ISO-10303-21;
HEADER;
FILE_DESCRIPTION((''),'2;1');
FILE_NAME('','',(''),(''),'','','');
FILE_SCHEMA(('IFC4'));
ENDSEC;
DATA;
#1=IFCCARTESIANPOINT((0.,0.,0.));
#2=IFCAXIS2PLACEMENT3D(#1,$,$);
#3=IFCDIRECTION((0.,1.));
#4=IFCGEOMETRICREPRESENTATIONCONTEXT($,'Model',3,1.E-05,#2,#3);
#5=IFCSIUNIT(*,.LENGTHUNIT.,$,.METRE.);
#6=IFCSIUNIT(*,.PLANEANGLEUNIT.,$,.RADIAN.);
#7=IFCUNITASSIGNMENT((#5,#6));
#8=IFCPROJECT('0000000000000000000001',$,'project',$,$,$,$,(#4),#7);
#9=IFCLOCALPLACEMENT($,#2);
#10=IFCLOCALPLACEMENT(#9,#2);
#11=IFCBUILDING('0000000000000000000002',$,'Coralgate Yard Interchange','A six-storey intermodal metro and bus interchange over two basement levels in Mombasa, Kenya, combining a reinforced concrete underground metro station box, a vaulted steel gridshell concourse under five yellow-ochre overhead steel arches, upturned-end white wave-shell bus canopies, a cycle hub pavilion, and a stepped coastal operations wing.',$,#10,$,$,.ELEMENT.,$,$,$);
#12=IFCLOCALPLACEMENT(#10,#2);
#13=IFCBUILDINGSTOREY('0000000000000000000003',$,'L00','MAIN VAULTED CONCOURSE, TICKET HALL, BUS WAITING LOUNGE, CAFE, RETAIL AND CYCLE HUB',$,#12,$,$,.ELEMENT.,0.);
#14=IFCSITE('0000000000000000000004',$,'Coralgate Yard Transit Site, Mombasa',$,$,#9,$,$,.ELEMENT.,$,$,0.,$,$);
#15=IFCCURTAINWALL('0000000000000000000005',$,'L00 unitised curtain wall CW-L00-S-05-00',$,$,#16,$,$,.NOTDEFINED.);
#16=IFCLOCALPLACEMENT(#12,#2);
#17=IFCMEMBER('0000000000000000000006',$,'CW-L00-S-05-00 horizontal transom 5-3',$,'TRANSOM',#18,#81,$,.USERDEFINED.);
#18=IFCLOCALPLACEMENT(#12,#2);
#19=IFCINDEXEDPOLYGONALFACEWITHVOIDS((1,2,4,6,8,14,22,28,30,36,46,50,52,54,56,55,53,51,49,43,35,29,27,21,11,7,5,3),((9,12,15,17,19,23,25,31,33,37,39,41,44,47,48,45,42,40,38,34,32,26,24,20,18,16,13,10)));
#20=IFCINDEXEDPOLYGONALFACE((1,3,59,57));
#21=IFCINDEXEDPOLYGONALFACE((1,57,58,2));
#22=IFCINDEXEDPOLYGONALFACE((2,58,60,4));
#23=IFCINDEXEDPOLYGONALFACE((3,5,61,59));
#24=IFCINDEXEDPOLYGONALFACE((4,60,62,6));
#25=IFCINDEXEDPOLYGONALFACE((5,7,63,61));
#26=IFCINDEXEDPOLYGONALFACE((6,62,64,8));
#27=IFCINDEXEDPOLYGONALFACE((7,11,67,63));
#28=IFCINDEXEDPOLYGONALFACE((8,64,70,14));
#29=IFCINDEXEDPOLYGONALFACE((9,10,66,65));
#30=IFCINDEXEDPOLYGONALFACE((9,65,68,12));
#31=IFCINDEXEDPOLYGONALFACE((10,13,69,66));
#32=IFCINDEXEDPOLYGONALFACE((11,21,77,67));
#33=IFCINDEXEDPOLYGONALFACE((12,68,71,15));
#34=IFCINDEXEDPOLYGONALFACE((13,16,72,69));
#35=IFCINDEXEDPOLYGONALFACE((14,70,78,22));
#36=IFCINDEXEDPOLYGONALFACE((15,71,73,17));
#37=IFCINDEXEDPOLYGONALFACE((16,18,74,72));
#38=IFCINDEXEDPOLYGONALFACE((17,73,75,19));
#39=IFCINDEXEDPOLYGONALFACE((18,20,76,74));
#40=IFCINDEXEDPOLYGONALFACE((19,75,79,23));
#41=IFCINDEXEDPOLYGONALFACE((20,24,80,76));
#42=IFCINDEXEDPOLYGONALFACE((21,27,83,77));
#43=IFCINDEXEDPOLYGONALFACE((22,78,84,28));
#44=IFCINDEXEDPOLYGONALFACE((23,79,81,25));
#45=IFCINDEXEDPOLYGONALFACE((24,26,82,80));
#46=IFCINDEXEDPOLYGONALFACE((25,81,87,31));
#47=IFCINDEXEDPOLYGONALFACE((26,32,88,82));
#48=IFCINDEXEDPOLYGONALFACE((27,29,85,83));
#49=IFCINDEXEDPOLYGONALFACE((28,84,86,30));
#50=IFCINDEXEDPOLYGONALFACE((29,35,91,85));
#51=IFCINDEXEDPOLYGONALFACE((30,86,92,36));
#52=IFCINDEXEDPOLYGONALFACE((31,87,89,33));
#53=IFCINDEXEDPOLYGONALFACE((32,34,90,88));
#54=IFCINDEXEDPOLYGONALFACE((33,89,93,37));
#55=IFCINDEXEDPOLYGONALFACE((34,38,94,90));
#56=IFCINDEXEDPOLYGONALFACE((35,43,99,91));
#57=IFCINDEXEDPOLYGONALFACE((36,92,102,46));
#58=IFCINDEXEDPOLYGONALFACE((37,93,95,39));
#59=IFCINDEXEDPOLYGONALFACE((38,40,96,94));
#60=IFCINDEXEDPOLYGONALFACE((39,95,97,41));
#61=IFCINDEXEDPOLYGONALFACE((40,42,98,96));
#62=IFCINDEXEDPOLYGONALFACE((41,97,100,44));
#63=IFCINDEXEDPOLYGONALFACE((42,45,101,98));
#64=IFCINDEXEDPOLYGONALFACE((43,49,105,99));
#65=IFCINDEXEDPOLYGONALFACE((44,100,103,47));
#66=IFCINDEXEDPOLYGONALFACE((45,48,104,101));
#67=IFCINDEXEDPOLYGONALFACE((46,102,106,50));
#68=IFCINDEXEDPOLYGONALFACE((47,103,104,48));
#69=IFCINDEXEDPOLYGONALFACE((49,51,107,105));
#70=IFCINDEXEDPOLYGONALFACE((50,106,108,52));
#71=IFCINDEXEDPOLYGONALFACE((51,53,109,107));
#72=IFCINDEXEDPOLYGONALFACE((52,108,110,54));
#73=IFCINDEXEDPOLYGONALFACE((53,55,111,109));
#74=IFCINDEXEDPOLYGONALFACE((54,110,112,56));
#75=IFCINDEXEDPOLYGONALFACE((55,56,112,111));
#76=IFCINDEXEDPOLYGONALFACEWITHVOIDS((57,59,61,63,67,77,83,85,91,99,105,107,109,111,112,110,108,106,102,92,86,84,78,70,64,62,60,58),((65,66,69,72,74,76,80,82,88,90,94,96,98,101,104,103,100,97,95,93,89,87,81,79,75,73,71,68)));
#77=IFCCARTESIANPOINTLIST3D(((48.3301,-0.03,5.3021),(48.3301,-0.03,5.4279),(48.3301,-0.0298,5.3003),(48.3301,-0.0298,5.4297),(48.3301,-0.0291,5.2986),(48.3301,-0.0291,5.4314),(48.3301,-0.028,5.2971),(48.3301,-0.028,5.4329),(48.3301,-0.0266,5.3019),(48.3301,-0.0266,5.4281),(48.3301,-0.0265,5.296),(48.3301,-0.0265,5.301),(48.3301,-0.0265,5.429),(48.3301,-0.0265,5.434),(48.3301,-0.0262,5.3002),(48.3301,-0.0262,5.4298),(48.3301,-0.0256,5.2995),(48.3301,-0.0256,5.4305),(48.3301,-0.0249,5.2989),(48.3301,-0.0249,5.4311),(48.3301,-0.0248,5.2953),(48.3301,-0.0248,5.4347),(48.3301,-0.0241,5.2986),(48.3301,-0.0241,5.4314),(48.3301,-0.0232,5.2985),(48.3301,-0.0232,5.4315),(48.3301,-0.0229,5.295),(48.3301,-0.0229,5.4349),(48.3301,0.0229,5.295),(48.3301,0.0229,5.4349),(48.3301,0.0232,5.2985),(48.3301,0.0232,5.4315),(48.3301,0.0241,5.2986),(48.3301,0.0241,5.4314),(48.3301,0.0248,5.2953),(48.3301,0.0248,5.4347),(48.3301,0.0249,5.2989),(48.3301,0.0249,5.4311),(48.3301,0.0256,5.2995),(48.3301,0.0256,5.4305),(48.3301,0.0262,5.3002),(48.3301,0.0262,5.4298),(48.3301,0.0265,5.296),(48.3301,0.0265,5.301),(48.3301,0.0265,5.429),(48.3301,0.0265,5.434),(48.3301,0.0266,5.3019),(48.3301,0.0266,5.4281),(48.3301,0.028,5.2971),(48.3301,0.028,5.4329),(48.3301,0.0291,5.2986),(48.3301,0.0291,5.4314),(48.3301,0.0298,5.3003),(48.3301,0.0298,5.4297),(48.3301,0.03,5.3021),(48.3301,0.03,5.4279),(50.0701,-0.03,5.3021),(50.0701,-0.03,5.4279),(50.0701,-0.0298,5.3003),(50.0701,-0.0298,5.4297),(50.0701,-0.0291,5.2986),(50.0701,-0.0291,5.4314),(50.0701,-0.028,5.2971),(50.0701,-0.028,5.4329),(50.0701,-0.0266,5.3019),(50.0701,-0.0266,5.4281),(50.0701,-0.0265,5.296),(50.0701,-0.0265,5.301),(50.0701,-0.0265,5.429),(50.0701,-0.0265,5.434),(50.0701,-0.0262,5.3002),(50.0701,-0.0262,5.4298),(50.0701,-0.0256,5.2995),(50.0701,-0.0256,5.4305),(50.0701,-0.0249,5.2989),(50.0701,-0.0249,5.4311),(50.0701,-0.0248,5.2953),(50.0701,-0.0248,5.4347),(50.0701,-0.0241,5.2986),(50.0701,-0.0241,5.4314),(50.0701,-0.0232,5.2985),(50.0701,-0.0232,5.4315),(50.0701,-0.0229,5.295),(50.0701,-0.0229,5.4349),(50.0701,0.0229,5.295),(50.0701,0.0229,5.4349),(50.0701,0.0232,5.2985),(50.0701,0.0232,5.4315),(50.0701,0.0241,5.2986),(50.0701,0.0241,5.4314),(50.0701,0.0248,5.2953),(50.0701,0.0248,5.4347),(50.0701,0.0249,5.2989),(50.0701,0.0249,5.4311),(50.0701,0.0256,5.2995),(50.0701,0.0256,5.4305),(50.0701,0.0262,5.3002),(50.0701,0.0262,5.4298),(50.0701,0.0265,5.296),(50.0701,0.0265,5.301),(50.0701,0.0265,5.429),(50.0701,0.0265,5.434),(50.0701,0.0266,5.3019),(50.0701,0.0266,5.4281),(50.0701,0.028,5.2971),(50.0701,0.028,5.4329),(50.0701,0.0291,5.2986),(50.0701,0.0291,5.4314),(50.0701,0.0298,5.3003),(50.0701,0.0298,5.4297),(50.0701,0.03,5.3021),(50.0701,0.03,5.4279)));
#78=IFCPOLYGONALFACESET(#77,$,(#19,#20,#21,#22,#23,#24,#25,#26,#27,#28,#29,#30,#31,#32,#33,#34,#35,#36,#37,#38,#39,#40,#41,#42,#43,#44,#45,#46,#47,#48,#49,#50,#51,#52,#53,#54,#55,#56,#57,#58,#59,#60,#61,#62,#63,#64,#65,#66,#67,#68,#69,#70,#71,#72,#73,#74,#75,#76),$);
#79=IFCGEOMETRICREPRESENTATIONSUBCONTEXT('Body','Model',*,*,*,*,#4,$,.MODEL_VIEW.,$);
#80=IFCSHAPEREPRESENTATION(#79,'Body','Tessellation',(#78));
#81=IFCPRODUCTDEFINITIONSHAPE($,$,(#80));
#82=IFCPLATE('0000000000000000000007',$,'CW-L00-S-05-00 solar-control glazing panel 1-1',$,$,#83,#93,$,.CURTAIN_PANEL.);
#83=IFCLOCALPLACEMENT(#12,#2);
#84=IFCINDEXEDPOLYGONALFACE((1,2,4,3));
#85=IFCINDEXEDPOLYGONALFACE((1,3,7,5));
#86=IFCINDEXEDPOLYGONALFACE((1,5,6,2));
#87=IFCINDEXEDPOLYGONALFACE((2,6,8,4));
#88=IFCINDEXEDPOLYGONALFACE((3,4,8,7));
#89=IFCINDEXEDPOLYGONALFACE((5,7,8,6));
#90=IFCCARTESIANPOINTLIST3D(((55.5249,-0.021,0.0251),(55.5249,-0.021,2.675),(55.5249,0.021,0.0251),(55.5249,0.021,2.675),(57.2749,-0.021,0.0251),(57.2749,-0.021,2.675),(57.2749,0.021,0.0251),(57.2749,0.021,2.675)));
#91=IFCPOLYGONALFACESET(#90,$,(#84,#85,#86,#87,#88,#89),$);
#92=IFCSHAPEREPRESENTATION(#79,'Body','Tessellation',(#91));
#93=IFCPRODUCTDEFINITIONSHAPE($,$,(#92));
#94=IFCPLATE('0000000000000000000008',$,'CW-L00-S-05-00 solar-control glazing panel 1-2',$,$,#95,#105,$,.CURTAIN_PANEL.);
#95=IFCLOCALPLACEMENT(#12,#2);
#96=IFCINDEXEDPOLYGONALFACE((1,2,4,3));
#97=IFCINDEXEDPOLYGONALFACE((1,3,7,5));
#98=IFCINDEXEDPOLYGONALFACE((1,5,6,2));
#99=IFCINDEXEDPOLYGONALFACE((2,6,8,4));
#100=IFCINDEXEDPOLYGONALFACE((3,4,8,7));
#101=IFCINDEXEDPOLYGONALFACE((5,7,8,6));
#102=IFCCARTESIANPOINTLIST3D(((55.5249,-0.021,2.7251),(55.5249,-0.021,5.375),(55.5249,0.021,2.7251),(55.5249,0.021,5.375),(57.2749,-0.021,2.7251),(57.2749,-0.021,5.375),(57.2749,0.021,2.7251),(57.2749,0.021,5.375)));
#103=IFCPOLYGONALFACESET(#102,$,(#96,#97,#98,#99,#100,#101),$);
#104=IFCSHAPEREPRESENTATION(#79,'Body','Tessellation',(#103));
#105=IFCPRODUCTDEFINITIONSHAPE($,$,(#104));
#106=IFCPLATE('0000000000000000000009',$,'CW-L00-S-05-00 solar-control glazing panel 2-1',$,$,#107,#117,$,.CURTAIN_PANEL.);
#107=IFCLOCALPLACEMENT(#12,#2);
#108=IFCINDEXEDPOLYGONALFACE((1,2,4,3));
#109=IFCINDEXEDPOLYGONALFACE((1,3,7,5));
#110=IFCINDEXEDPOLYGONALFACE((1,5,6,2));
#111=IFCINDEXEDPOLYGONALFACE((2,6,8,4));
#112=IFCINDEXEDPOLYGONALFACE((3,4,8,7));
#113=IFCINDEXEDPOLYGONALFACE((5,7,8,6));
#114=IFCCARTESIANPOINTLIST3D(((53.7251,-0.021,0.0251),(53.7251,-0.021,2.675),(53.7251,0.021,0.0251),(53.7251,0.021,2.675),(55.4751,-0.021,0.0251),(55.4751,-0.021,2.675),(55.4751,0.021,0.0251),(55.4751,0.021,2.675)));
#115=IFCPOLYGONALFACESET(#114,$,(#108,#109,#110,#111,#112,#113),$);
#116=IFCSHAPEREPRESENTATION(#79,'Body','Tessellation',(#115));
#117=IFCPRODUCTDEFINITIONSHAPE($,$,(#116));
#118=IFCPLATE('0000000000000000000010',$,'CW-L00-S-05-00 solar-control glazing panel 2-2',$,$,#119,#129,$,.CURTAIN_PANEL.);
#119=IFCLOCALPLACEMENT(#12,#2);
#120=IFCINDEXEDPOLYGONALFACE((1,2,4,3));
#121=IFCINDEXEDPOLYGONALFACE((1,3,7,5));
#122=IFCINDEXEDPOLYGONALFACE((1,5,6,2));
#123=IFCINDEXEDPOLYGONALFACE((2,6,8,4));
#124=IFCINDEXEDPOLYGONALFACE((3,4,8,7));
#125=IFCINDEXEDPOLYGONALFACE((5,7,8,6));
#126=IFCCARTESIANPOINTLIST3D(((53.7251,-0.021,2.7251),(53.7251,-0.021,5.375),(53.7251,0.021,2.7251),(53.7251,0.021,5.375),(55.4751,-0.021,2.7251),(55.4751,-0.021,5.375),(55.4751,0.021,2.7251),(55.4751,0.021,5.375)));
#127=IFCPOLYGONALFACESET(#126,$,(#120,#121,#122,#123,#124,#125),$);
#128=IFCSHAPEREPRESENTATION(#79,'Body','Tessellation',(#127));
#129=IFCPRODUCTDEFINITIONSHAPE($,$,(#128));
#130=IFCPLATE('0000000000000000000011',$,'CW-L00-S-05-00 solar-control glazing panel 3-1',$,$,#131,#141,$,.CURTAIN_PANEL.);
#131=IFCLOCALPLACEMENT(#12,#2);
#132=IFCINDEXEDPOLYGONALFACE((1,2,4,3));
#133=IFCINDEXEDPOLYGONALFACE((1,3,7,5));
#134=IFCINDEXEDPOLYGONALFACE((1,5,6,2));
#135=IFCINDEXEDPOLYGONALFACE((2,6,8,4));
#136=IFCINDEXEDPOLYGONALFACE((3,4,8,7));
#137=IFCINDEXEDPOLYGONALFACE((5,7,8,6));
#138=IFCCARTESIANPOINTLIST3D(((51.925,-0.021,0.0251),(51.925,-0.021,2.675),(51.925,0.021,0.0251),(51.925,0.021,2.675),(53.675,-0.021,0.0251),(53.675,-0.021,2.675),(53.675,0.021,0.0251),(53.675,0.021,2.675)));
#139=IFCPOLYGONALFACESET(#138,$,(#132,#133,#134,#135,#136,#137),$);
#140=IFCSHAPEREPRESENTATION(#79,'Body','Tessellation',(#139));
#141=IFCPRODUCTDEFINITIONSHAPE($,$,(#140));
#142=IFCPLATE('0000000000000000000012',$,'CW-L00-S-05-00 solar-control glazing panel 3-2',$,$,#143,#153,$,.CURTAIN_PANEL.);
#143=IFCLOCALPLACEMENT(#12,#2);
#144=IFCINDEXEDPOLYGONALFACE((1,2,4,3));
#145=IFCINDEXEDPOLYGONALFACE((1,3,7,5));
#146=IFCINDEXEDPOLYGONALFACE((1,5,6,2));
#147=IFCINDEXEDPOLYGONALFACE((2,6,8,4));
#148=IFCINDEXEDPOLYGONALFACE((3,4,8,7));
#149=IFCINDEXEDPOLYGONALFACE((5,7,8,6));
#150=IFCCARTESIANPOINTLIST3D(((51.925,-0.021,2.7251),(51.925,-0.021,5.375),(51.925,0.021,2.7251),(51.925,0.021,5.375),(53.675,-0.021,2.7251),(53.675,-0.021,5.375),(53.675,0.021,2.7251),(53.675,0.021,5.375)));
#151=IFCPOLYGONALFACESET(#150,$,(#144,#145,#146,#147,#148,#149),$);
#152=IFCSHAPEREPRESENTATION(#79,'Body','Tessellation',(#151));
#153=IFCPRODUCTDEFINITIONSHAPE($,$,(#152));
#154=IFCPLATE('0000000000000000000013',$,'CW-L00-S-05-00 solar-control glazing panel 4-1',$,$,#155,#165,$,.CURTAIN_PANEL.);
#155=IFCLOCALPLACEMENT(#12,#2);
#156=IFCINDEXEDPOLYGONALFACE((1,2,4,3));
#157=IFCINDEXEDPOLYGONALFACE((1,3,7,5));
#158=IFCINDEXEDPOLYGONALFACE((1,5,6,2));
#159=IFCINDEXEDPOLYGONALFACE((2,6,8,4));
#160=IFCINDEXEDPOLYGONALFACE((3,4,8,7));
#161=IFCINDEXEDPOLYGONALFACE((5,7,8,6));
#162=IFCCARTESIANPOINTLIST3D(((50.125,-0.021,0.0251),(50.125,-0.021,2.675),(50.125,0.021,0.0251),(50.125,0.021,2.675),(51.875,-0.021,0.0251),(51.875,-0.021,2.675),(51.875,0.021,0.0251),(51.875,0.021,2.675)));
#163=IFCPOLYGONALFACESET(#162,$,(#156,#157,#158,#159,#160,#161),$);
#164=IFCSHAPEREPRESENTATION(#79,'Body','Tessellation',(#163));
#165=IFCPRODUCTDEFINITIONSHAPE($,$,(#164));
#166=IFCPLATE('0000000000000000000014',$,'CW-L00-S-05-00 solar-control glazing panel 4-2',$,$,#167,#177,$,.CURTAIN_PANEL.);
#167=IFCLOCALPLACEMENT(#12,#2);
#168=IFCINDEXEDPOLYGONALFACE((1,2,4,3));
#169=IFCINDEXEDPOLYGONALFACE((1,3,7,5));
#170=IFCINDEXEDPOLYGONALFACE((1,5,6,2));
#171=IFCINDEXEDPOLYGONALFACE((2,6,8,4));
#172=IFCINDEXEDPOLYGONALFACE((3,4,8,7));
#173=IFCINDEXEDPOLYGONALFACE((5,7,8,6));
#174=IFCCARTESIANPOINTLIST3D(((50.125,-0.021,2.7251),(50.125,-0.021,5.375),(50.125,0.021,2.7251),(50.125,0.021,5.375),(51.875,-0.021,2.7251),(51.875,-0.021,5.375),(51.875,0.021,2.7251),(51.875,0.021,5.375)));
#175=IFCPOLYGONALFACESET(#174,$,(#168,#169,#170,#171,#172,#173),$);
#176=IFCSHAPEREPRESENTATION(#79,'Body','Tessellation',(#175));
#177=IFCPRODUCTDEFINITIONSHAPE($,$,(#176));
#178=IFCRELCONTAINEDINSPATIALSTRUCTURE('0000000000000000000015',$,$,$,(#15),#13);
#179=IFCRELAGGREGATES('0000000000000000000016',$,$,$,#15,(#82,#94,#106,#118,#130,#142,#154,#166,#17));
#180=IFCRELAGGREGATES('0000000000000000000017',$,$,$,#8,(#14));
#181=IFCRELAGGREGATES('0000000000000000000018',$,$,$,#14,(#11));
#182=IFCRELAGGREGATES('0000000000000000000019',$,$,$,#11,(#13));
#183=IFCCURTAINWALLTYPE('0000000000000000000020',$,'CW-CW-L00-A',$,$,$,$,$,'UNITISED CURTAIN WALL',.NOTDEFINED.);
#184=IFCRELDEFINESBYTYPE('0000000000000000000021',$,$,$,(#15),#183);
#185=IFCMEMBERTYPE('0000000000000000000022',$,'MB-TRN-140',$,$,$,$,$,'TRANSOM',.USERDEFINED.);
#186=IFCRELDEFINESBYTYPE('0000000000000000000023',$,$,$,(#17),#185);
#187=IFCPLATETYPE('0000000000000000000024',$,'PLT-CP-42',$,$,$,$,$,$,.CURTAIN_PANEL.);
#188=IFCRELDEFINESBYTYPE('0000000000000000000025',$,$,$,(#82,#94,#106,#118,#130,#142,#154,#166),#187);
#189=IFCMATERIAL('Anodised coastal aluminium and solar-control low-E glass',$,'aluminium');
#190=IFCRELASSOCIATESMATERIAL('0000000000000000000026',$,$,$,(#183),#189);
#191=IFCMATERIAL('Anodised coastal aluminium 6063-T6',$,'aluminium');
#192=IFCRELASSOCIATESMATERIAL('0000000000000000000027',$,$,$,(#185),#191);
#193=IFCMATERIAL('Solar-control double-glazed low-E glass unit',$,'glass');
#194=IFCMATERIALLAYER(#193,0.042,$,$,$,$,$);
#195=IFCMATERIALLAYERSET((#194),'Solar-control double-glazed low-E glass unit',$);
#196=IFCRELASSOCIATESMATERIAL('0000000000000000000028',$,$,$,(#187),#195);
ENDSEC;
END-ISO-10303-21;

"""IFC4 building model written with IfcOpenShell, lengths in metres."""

from ifc_helpers import new_model, si_unit, direction, frame, origin, origin_2d, place, context, subcontext, project, spatial, rectangle, hollow_rectangle, extrude, material, layer, layer_set, material_profile, profile_set, type_object, element, aggregate, save


model = new_model("IFC4")

# Units and contexts
model_context = context("Model", 3, precision=1e-05, world=origin(), true_north=direction((0.0, 1.0)))
body_context = subcontext(model_context, "Body", "Model", "MODEL_VIEW")
ifc_project = project(units=[si_unit("LENGTHUNIT", "METRE"), si_unit("PLANEANGLEUNIT", "RADIAN")], contexts=[model_context])

# Site, building, storey
site_placement = place(None, origin())
site = spatial("IfcSite", under=ifc_project, at=site_placement, Name="Coralgate Yard Transit Site, Mombasa", CompositionType="ELEMENT", RefElevation=0.0)
building_placement = place(site_placement, origin())
building = spatial("IfcBuilding", under=site, at=building_placement, Name="Coralgate Yard Interchange", Description="A six-storey intermodal metro and bus interchange over two basement levels in Mombasa, Kenya, combining a reinforced concrete underground metro station box, a vaulted steel gridshell concourse under five yellow-ochre overhead steel arches, upturned-end white wave-shell bus canopies, a cycle hub pavilion, and a stepped coastal operations wing.", CompositionType="ELEMENT")
storey_placement = place(building_placement, origin())
storey = spatial("IfcBuildingStorey", under=building, at=storey_placement, Name="L00", Description="MAIN VAULTED CONCOURSE, TICKET HALL, BUS WAITING LOUNGE, CAFE, RETAIL AND CYCLE HUB", CompositionType="ELEMENT", Elevation=0.0)

# Curtain wall, member, plates
ifc_material_1 = material(Name="Anodised coastal aluminium and solar-control low-E glass", Category="aluminium")
curtain_wall_type = type_object("IfcCurtainWallType", Name="CW-CW-L00-A", ElementType="UNITISED CURTAIN WALL", PredefinedType="NOTDEFINED", material=ifc_material_1)
curtain_wall_placement = place(storey_placement, origin())
curtain_wall = element("IfcCurtainWall", 1, at=curtain_wall_placement, inside=storey, type_object=curtain_wall_type, Name="L00 unitised curtain wall CW-L00-S-05-00", PredefinedType="NOTDEFINED")
ifc_material_2 = material(Name="Anodised coastal aluminium 6063-T6", Category="aluminium")
ifc_material_profile_1 = material_profile(ifc_material_2, hollow_rectangle(XDim=0.0601, YDim=0.1399, WallThickness=0.0034, InnerFilletRadius=0.0034, OuterFilletRadius=0.0071, at=origin_2d()), Name="ALU 60x140x3.5")
ifc_profile_set_1 = profile_set([ifc_material_profile_1], Name="Anodised coastal aluminium 6063-T6")
member_type_1 = type_object("IfcMemberType", Name="MB-TRN-140", ElementType="TRANSOM", PredefinedType="USERDEFINED", material=ifc_profile_set_1)
member_1_placement = place(storey_placement, frame((50.0701, 0.0, 5.365), z_axis=(-1.0, 0.0, 0.0), x_axis=(0.0, -1.0, 0.0)))
member_1 = element("IfcMember", 2, at=member_1_placement, type_object=member_type_1, Name="CW-L00-S-05-00 horizontal transom 5-3", ObjectType="TRANSOM", PredefinedType="USERDEFINED", context=body_context, shape_type="SweptSolid", body=[
    extrude(hollow_rectangle(XDim=0.0601, YDim=0.1399, WallThickness=0.0034, InnerFilletRadius=0.0034, OuterFilletRadius=0.0071, at=origin_2d()), origin(), (0.0, 0.0, 1.0), 1.74),
])
ifc_material_3 = material(Name="Solar-control double-glazed low-E glass unit", Category="glass")
ifc_layer = layer(ifc_material_3, 0.042)
ifc_layer_set = layer_set([ifc_layer], Name="Solar-control double-glazed low-E glass unit")
plate_type = type_object("IfcPlateType", Name="PLT-CP-42", PredefinedType="CURTAIN_PANEL", material=ifc_layer_set)
plate_1_placement = place(storey_placement, frame((56.3999, 0.0, 0.0251), z_axis=(0.0, 0.0, 1.0), x_axis=(-1.0, 0.0, 0.0)))
plate_1 = element("IfcPlate", 3, at=plate_1_placement, type_object=plate_type, Name="CW-L00-S-05-00 solar-control glazing panel 1-1", PredefinedType="CURTAIN_PANEL", context=body_context, shape_type="SweptSolid", body=[
    extrude(rectangle(XDim=1.75, YDim=0.042, at=origin_2d()), origin(), (0.0, 0.0, 1.0), 2.6499),
])
plate_2_placement = place(storey_placement, frame((56.3999, 0.0, 2.7251), z_axis=(0.0, 0.0, 1.0), x_axis=(-1.0, 0.0, 0.0)))
plate_2 = element("IfcPlate", 4, at=plate_2_placement, type_object=plate_type, Name="CW-L00-S-05-00 solar-control glazing panel 1-2", PredefinedType="CURTAIN_PANEL", context=body_context, shape_type="SweptSolid", body=[
    extrude(rectangle(XDim=1.75, YDim=0.042, at=origin_2d()), origin(), (0.0, 0.0, 1.0), 2.6499),
])
plate_3_placement = place(storey_placement, frame((54.6001, 0.0, 0.0251), z_axis=(0.0, 0.0, 1.0), x_axis=(-1.0, 0.0, 0.0)))
plate_3 = element("IfcPlate", 5, at=plate_3_placement, type_object=plate_type, Name="CW-L00-S-05-00 solar-control glazing panel 2-1", PredefinedType="CURTAIN_PANEL", context=body_context, shape_type="SweptSolid", body=[
    extrude(rectangle(XDim=1.75, YDim=0.042, at=origin_2d()), origin(), (0.0, 0.0, 1.0), 2.6499),
])
plate_4_placement = place(storey_placement, frame((54.6001, 0.0, 2.7251), z_axis=(0.0, 0.0, 1.0), x_axis=(-1.0, 0.0, 0.0)))
plate_4 = element("IfcPlate", 6, at=plate_4_placement, type_object=plate_type, Name="CW-L00-S-05-00 solar-control glazing panel 2-2", PredefinedType="CURTAIN_PANEL", context=body_context, shape_type="SweptSolid", body=[
    extrude(rectangle(XDim=1.75, YDim=0.042, at=origin_2d()), origin(), (0.0, 0.0, 1.0), 2.6499),
])
plate_5_placement = place(storey_placement, frame((52.8, 0.0, 0.0251), z_axis=(0.0, 0.0, 1.0), x_axis=(-1.0, 0.0, 0.0)))
plate_5 = element("IfcPlate", 7, at=plate_5_placement, type_object=plate_type, Name="CW-L00-S-05-00 solar-control glazing panel 3-1", PredefinedType="CURTAIN_PANEL", context=body_context, shape_type="SweptSolid", body=[
    extrude(rectangle(XDim=1.75, YDim=0.042, at=origin_2d()), origin(), (0.0, 0.0, 1.0), 2.6499),
])
plate_6_placement = place(storey_placement, frame((52.8, 0.0, 2.7251), z_axis=(0.0, 0.0, 1.0), x_axis=(-1.0, 0.0, 0.0)))
plate_6 = element("IfcPlate", 8, at=plate_6_placement, type_object=plate_type, Name="CW-L00-S-05-00 solar-control glazing panel 3-2", PredefinedType="CURTAIN_PANEL", context=body_context, shape_type="SweptSolid", body=[
    extrude(rectangle(XDim=1.75, YDim=0.042, at=origin_2d()), origin(), (0.0, 0.0, 1.0), 2.6499),
])
plate_7_placement = place(storey_placement, frame((51.0, 0.0, 0.0251), z_axis=(0.0, 0.0, 1.0), x_axis=(-1.0, 0.0, 0.0)))
plate_7 = element("IfcPlate", 9, at=plate_7_placement, type_object=plate_type, Name="CW-L00-S-05-00 solar-control glazing panel 4-1", PredefinedType="CURTAIN_PANEL", context=body_context, shape_type="SweptSolid", body=[
    extrude(rectangle(XDim=1.75, YDim=0.042, at=origin_2d()), origin(), (0.0, 0.0, 1.0), 2.6499),
])
plate_8_placement = place(storey_placement, frame((51.0, 0.0, 2.7251), z_axis=(0.0, 0.0, 1.0), x_axis=(-1.0, 0.0, 0.0)))
plate_8 = element("IfcPlate", 10, at=plate_8_placement, type_object=plate_type, Name="CW-L00-S-05-00 solar-control glazing panel 4-2", PredefinedType="CURTAIN_PANEL", context=body_context, shape_type="SweptSolid", body=[
    extrude(rectangle(XDim=1.75, YDim=0.042, at=origin_2d()), origin(), (0.0, 0.0, 1.0), 2.6499),
])
aggregate(curtain_wall, [plate_1, plate_2, plate_3, plate_4, plate_5, plate_6, plate_7, plate_8, member_1])

save(model, "model.ifc")
